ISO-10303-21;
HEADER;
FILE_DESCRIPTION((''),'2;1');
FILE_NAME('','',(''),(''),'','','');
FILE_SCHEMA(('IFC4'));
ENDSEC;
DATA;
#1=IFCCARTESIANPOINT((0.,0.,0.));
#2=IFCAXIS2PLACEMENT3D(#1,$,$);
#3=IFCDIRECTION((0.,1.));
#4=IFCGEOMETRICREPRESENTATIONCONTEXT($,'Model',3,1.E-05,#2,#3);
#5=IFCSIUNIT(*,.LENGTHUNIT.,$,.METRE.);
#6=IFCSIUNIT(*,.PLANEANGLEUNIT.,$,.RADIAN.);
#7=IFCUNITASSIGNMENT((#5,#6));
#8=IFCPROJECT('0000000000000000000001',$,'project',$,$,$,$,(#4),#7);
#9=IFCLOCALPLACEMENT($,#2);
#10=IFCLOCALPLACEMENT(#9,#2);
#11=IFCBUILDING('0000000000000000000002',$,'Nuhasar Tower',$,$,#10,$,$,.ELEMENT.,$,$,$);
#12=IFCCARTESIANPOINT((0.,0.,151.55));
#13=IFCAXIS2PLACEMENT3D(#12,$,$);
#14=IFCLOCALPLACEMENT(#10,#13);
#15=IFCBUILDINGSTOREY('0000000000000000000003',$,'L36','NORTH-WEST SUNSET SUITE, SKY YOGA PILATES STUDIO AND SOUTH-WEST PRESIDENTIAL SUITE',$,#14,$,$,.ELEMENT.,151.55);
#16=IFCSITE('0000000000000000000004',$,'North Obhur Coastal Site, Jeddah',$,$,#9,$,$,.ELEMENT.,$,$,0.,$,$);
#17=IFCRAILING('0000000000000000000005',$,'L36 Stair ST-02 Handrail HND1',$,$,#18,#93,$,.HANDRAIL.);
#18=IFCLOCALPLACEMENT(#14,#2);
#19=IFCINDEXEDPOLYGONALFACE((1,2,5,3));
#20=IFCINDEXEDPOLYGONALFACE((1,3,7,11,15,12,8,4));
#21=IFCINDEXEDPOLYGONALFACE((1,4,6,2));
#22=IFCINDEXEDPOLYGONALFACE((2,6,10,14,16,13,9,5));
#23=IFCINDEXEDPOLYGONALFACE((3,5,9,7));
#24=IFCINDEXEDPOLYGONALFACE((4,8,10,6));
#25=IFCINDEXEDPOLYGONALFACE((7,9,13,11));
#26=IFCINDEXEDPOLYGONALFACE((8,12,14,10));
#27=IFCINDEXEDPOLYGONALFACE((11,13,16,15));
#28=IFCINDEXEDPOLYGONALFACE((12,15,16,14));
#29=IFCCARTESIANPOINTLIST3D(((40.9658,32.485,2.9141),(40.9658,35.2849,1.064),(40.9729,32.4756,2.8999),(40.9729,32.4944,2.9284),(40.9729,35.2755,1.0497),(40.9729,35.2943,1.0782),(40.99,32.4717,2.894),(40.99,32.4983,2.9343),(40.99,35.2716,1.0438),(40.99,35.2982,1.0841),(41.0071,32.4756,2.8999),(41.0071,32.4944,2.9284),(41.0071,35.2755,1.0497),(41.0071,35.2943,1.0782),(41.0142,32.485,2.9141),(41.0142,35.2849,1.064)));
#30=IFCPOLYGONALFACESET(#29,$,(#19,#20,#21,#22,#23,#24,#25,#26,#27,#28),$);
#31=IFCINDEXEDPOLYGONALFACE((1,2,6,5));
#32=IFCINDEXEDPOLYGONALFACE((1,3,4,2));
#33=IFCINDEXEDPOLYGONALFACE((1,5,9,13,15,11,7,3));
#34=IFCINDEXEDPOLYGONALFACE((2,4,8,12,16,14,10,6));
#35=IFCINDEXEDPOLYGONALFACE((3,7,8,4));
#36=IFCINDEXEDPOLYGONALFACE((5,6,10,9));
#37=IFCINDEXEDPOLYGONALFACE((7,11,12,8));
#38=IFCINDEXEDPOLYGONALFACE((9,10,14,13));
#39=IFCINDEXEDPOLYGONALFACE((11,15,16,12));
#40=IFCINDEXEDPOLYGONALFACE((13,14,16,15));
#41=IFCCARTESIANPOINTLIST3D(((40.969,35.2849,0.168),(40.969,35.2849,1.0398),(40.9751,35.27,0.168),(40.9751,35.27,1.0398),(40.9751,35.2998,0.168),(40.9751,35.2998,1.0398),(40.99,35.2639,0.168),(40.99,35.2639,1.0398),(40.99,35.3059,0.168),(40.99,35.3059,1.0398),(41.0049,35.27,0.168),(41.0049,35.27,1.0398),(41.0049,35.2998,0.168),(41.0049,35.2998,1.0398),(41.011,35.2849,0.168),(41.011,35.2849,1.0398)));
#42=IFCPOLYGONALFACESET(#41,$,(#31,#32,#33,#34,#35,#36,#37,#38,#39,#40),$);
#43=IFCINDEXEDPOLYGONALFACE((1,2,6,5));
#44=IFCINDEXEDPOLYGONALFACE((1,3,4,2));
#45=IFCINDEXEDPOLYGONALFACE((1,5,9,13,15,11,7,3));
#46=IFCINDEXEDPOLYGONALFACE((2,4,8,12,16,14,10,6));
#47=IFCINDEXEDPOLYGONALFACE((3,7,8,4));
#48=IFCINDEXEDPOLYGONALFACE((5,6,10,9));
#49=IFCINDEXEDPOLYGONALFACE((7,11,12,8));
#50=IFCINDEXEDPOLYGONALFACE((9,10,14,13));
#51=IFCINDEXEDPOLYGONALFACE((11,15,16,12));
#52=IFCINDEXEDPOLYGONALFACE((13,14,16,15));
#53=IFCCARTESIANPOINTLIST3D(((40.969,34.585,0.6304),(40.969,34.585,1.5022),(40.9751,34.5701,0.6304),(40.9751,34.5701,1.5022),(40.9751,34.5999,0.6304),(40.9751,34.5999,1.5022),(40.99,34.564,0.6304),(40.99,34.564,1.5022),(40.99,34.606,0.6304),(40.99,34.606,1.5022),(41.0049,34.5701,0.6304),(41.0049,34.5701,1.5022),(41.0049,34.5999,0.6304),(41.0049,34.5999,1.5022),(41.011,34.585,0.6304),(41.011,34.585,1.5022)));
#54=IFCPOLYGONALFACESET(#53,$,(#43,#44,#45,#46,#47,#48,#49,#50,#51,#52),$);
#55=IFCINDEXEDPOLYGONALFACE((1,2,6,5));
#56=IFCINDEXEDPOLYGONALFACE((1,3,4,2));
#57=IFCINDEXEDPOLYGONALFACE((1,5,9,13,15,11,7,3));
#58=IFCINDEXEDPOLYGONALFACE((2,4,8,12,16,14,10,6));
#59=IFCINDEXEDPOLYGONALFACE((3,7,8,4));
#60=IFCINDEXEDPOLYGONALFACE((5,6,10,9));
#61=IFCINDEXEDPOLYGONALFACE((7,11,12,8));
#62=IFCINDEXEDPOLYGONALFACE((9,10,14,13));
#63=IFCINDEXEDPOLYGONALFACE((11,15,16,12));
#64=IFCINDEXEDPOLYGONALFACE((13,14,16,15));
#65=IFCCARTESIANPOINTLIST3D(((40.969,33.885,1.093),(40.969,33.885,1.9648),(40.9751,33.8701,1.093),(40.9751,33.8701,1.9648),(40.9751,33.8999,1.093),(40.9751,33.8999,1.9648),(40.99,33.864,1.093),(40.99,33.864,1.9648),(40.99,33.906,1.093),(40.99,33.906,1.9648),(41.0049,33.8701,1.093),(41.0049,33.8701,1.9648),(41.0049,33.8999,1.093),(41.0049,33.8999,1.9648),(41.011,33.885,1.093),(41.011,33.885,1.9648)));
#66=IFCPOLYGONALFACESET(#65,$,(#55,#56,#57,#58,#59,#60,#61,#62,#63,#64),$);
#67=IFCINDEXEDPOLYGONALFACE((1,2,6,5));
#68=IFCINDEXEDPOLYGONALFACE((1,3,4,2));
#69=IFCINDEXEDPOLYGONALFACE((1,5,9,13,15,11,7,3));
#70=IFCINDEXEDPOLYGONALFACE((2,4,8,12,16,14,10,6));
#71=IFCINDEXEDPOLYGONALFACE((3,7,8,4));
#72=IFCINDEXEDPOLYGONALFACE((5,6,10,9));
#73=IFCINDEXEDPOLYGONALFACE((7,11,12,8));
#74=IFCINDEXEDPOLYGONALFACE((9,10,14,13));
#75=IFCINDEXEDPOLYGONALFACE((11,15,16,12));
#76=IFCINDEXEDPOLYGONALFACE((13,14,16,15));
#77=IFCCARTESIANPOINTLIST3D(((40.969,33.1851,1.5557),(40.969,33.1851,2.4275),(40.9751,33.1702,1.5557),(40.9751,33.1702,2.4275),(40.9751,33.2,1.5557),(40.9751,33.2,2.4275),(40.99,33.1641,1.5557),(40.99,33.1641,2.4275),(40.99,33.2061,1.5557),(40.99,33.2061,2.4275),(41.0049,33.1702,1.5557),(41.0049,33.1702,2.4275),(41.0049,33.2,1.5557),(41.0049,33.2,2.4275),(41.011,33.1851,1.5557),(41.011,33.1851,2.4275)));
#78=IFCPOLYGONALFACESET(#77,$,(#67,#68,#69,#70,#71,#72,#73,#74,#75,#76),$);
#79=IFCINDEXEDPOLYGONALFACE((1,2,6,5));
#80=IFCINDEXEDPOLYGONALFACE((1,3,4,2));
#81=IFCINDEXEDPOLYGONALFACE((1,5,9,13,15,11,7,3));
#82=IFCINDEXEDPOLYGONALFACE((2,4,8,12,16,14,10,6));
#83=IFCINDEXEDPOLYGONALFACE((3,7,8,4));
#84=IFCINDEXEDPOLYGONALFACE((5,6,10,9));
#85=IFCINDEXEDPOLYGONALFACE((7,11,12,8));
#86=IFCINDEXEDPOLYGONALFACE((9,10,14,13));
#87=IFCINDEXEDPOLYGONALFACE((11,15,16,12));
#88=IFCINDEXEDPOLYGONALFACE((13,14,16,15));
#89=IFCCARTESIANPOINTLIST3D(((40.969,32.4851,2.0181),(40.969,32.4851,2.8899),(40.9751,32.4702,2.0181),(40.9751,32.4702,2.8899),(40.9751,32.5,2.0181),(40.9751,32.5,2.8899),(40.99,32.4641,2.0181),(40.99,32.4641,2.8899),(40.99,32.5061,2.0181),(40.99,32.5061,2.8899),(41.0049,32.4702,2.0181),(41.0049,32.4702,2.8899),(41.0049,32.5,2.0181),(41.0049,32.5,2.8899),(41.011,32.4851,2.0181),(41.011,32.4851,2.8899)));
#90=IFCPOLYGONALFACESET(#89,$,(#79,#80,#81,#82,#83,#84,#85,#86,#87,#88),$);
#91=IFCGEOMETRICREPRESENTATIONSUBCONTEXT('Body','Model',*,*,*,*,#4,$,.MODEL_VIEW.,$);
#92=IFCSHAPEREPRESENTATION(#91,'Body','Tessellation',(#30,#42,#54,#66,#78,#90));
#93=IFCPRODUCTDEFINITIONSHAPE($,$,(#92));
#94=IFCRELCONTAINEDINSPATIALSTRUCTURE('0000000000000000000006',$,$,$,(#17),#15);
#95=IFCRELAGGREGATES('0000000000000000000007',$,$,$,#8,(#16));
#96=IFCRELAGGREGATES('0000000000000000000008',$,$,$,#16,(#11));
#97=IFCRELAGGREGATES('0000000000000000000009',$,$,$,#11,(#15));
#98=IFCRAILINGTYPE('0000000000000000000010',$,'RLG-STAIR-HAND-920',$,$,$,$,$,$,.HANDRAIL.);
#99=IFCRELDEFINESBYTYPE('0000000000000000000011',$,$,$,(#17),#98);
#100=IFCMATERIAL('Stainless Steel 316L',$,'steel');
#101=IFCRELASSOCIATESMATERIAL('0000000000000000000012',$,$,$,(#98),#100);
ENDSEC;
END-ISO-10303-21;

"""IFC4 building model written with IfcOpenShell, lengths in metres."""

from ifc_helpers import new_model, si_unit, direction, frame, origin, place, context, subcontext, project, spatial, polyline, outline, extrude, material, type_object, element, save


model = new_model("IFC4")

# Units and contexts
model_context = context("Model", 3, precision=1e-05, world=origin(), true_north=direction((0.0, 1.0)))
body_context = subcontext(model_context, "Body", "Model", "MODEL_VIEW")
ifc_project = project(units=[si_unit("LENGTHUNIT", "METRE"), si_unit("PLANEANGLEUNIT", "RADIAN")], contexts=[model_context])

# Site, building, storey
site_placement = place(None, origin())
site = spatial("IfcSite", under=ifc_project, at=site_placement, Name="North Obhur Coastal Site, Jeddah", CompositionType="ELEMENT", RefElevation=0.0)
building_placement = place(site_placement, origin())
building = spatial("IfcBuilding", under=site, at=building_placement, Name="Nuhasar Tower", CompositionType="ELEMENT")
storey_placement = place(building_placement, frame((0.0, 0.0, 151.55)))
storey = spatial("IfcBuildingStorey", under=building, at=storey_placement, Name="L36", Description="NORTH-WEST SUNSET SUITE, SKY YOGA PILATES STUDIO AND SOUTH-WEST PRESIDENTIAL SUITE", CompositionType="ELEMENT", Elevation=151.55)

# Railing
ifc_material_1 = material(Name="Stainless Steel 316L", Category="steel")
railing_type_1 = type_object("IfcRailingType", Name="RLG-STAIR-HAND-920", PredefinedType="HANDRAIL", material=ifc_material_1)
railing_1_placement = place(storey_placement, frame((40.99, 35.2849, 0.168)))
element("IfcRailing", 1, at=railing_1_placement, inside=storey, type_object=railing_type_1, Name="L36 Stair ST-02 Handrail HND1", PredefinedType="HANDRAIL", context=body_context, shape_type="SweptSolid", body=[
    extrude(outline(polyline([(0.0242, 0.0), (0.0171, 0.0171), (0.0, 0.0242), (-0.0171, 0.0171), (-0.0242, 0.0), (-0.0171, -0.0171), (0.0, -0.0242), (0.0171, -0.0171), (0.0242, 0.0)])), frame((0.0, 0.0, 0.896), z_axis=(0.0, -0.834304, 0.551304), x_axis=(1.0, 0.0, 0.0)), (0.0, 0.0, 1.0), 3.356),
    extrude(outline(polyline([(0.021, 0.0), (0.0149, 0.0149), (0.0, 0.021), (-0.0149, 0.0149), (-0.021, 0.0), (-0.0149, -0.0149), (0.0, -0.021), (0.0149, -0.0149), (0.021, 0.0)])), origin(), (0.0, 0.0, 1.0), 0.8718),
    extrude(outline(polyline([(0.021, 0.0), (0.0149, 0.0149), (0.0, 0.021), (-0.0149, 0.0149), (-0.021, 0.0), (-0.0149, -0.0149), (0.0, -0.021), (0.0149, -0.0149), (0.021, 0.0)])), frame((0.0, -0.7, 0.4624)), (0.0, 0.0, 1.0), 0.8718),
    extrude(outline(polyline([(0.021, 0.0), (0.0149, 0.0149), (0.0, 0.021), (-0.0149, 0.0149), (-0.021, 0.0), (-0.0149, -0.0149), (0.0, -0.021), (0.0149, -0.0149), (0.021, 0.0)])), frame((0.0, -1.3999, 0.925)), (0.0, 0.0, 1.0), 0.8718),
    extrude(outline(polyline([(0.021, 0.0), (0.0149, 0.0149), (0.0, 0.021), (-0.0149, 0.0149), (-0.021, 0.0), (-0.0149, -0.0149), (0.0, -0.021), (0.0149, -0.0149), (0.021, 0.0)])), frame((0.0, -2.0999, 1.3877)), (0.0, 0.0, 1.0), 0.8718),
    extrude(outline(polyline([(0.021, 0.0), (0.0149, 0.0149), (0.0, 0.021), (-0.0149, 0.0149), (-0.021, 0.0), (-0.0149, -0.0149), (0.0, -0.021), (0.0149, -0.0149), (0.021, 0.0)])), frame((0.0, -2.7998, 1.8501)), (0.0, 0.0, 1.0), 0.8718),
])

save(model, "model.ifc")
